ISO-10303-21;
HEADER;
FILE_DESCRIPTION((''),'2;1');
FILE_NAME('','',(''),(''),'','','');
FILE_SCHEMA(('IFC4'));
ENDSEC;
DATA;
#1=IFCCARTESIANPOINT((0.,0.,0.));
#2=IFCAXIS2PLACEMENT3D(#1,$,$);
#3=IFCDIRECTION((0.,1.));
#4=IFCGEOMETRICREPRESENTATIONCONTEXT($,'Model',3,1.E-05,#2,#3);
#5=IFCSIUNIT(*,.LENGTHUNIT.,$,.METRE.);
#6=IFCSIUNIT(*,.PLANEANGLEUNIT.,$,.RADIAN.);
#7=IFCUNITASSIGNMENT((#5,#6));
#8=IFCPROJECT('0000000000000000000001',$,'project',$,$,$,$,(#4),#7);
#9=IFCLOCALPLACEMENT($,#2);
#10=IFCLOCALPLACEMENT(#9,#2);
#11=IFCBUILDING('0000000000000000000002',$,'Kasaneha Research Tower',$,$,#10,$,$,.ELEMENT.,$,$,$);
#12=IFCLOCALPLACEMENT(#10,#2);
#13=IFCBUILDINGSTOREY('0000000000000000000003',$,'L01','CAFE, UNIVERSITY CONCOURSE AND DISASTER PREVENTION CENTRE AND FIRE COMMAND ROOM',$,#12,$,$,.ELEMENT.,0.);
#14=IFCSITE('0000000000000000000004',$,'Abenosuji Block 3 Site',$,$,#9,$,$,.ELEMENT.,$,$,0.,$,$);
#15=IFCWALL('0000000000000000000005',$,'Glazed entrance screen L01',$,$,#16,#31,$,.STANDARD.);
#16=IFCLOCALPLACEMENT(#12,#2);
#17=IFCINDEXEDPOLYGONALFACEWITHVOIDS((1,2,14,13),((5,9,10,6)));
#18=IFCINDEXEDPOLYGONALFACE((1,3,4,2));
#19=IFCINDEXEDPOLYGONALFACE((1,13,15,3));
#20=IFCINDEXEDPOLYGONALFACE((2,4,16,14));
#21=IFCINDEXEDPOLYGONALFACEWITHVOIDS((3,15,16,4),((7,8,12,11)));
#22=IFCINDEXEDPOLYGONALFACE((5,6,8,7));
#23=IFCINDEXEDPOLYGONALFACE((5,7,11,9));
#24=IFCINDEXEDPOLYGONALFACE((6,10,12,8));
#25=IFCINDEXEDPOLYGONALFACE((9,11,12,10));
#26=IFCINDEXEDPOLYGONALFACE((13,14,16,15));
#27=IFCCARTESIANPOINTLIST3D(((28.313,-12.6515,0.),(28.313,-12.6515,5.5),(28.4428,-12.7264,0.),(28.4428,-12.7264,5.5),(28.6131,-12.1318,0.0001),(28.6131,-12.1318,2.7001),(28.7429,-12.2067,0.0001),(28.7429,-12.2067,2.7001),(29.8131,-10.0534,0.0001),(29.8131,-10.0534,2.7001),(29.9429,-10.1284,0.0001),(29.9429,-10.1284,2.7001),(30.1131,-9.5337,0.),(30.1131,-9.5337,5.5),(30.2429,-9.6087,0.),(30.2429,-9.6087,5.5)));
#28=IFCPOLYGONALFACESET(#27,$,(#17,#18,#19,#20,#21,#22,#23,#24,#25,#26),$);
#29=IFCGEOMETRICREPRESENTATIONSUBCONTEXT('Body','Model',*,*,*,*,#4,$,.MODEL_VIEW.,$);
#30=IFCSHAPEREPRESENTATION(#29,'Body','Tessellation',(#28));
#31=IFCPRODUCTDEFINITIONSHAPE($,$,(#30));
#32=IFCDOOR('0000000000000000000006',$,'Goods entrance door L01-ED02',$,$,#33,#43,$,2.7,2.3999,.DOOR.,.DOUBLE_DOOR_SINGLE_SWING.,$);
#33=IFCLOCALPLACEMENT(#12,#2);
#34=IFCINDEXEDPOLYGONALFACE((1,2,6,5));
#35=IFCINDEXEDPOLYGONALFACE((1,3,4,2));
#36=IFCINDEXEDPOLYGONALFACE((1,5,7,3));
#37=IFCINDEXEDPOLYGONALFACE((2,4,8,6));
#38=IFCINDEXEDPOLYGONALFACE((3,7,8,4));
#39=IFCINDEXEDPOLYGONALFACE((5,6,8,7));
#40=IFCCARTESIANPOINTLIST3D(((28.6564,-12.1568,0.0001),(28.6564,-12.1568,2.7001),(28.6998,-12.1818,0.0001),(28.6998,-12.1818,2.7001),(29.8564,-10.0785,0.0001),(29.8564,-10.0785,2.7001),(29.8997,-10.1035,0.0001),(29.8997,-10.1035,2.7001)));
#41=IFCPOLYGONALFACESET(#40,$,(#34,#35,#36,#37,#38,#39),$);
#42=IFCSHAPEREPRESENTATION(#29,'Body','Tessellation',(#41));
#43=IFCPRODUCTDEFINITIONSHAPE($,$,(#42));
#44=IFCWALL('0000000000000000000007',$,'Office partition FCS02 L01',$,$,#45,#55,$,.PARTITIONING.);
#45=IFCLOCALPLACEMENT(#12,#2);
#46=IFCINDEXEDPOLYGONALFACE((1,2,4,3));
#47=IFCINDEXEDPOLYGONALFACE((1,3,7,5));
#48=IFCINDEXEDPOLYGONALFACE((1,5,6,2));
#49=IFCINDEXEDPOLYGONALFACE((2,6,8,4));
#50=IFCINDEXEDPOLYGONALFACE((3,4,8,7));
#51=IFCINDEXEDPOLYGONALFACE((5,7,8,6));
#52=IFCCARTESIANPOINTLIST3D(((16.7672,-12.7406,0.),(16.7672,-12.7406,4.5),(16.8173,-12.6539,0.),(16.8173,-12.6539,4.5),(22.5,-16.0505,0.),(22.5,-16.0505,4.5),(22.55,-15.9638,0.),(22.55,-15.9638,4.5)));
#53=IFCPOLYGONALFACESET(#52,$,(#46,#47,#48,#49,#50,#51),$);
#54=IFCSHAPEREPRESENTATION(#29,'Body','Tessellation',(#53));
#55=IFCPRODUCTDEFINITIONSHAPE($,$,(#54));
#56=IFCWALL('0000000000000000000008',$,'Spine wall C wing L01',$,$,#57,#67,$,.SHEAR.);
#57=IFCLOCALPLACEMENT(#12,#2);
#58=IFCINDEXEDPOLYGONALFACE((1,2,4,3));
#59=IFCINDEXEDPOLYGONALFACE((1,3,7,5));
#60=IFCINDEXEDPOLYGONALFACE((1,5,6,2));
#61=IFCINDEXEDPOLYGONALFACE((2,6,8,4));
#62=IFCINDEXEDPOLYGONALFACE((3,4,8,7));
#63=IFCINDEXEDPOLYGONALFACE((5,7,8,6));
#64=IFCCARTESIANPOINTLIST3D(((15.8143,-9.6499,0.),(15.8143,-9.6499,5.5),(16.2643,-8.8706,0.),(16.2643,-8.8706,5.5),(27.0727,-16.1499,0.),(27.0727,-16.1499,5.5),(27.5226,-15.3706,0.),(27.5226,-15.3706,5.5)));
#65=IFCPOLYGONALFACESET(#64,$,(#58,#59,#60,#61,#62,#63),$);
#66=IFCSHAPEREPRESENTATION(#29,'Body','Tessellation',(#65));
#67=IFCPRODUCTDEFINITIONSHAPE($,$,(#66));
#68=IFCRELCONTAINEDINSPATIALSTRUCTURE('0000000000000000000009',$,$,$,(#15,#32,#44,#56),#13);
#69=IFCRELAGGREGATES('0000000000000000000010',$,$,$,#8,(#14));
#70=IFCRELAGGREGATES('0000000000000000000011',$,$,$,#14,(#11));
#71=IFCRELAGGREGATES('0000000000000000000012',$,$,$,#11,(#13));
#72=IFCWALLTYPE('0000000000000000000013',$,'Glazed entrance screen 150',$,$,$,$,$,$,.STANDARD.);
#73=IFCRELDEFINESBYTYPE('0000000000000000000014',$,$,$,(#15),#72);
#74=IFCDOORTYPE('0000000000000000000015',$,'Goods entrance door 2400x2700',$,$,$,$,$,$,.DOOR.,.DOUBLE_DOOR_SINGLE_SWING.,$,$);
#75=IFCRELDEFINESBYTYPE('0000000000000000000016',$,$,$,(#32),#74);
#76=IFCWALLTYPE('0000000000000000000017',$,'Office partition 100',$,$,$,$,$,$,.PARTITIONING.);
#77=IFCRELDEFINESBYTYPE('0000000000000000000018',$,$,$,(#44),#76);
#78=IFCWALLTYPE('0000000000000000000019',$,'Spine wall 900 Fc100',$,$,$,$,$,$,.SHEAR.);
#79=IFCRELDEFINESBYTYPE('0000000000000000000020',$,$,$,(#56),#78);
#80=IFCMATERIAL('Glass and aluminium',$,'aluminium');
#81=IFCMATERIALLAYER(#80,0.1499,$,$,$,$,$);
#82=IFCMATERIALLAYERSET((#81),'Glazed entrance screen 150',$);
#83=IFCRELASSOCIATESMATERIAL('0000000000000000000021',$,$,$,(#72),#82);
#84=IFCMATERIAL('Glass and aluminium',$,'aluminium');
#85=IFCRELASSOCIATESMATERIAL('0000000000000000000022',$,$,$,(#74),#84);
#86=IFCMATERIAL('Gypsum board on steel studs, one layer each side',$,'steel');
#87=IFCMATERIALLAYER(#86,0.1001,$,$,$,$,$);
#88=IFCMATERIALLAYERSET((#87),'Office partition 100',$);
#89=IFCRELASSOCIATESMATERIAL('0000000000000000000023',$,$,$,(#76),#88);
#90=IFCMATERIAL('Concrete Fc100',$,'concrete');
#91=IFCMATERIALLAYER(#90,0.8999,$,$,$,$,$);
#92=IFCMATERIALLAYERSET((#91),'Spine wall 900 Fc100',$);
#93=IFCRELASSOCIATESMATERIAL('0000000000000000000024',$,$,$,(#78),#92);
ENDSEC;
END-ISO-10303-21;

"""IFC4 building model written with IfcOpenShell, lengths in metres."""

from ifc_helpers import new_model, si_unit, direction, frame, frame_2d, origin, place, context, subcontext, project, spatial, rectangle, extrude, material, layer, layer_set, type_object, element, fill, save


model = new_model("IFC4")

# Units and contexts
model_context = context("Model", 3, precision=1e-05, world=origin(), true_north=direction((0.0, 1.0)))
body_context = subcontext(model_context, "Body", "Model", "MODEL_VIEW")
ifc_project = project(units=[si_unit("LENGTHUNIT", "METRE"), si_unit("PLANEANGLEUNIT", "RADIAN")], contexts=[model_context])

# Site, building, storey
site_placement = place(None, origin())
site = spatial("IfcSite", under=ifc_project, at=site_placement, Name="Abenosuji Block 3 Site", CompositionType="ELEMENT", RefElevation=0.0)
building_placement = place(site_placement, origin())
building = spatial("IfcBuilding", under=site, at=building_placement, Name="Kasaneha Research Tower", CompositionType="ELEMENT")
storey_placement = place(building_placement, origin())
storey = spatial("IfcBuildingStorey", under=building, at=storey_placement, Name="L01", Description="CAFE, UNIVERSITY CONCOURSE AND DISASTER PREVENTION CENTRE AND FIRE COMMAND ROOM", CompositionType="ELEMENT", Elevation=0.0)

# Wall, opening, door
ifc_material_1 = material(Name="Glass and aluminium", Category="aluminium")
ifc_layer_1 = layer(ifc_material_1, 0.1499)
ifc_layer_set_1 = layer_set([ifc_layer_1], Name="Glazed entrance screen 150")
wall_type_1 = type_object("IfcWallType", Name="Glazed entrance screen 150", PredefinedType="STANDARD", material=ifc_layer_set_1)
wall_1_placement = place(storey_placement, frame((28.3779, -12.689, 0.0), z_axis=(0.0, 0.0, 1.0), x_axis=(0.500012, 0.866018, 0.0)))
wall_1 = element("IfcWall", 1, at=wall_1_placement, inside=storey, type_object=wall_type_1, Name="Glazed entrance screen L01", PredefinedType="STANDARD", context=body_context, shape_type="SweptSolid", body=[
    extrude(rectangle(XDim=3.6001, YDim=0.1499, at=frame_2d((1.8, 0.0))), origin(), (0.0, 0.0, 1.0), 5.5),
])
opening_placement = place(wall_1_placement, frame((0.6001, 0.0, 0.0)))
opening = element("IfcOpeningElement", 2, at=opening_placement, cuts=wall_1, PredefinedType="OPENING", context=body_context, shape_type="SweptSolid", body=[
    extrude(rectangle(XDim=2.3999, YDim=2.7, at=frame_2d((1.2, 1.3501))), frame((0.0, 0.085, 0.0), z_axis=(0.0, -1.0, 0.0), x_axis=(1.0, 0.0, 0.0)), (0.0, 0.0, 1.0), 0.1699),
])
ifc_material_2 = material(Name="Glass and aluminium", Category="aluminium")
door_type = type_object("IfcDoorType", Name="Goods entrance door 2400x2700", OperationType="DOUBLE_DOOR_SINGLE_SWING", PredefinedType="DOOR", material=ifc_material_2)
door_placement = place(opening_placement, origin())
door = element("IfcDoor", 3, at=door_placement, inside=storey, type_object=door_type, Name="Goods entrance door L01-ED02", OperationType="DOUBLE_DOOR_SINGLE_SWING", OverallHeight=2.7, OverallWidth=2.3999, PredefinedType="DOOR", context=body_context, shape_type="SweptSolid", body=[
    extrude(rectangle(XDim=2.3999, YDim=2.7, at=frame_2d((1.2, 1.3501))), frame((0.0, 0.0249, 0.0), z_axis=(0.0, -1.0, 0.0), x_axis=(1.0, 0.0, 0.0)), (0.0, 0.0, 1.0), 0.05),
])
fill(opening, door)

# Walls
ifc_material_3 = material(Name="Gypsum board on steel studs, one layer each side", Category="steel")
ifc_layer_2 = layer(ifc_material_3, 0.1001)
ifc_layer_set_2 = layer_set([ifc_layer_2], Name="Office partition 100")
wall_type_2 = type_object("IfcWallType", Name="Office partition 100", PredefinedType="PARTITIONING", material=ifc_layer_set_2)
wall_2_placement = place(storey_placement, frame((16.7922, -12.6973, 0.0), z_axis=(0.0, 0.0, 1.0), x_axis=(0.866022, -0.500007, 0.0)))
element("IfcWall", 4, at=wall_2_placement, inside=storey, type_object=wall_type_2, Name="Office partition FCS02 L01", PredefinedType="PARTITIONING", context=body_context, shape_type="SweptSolid", body=[
    extrude(rectangle(XDim=6.6196, YDim=0.1001, at=frame_2d((3.3098, 0.0))), origin(), (0.0, 0.0, 1.0), 4.5),
])
ifc_material_4 = material(Name="Concrete Fc100", Category="concrete")
ifc_layer_3 = layer(ifc_material_4, 0.8999)
ifc_layer_set_3 = layer_set([ifc_layer_3], Name="Spine wall 900 Fc100")
wall_type_3 = type_object("IfcWallType", Name="Spine wall 900 Fc100", PredefinedType="SHEAR", material=ifc_layer_set_3)
wall_3_placement = place(storey_placement, frame((16.0393, -9.2603, 0.0), z_axis=(0.0, 0.0, 1.0), x_axis=(0.866025, -0.500001, 0.0)))
element("IfcWall", 5, at=wall_3_placement, inside=storey, type_object=wall_type_3, Name="Spine wall C wing L01", PredefinedType="SHEAR", context=body_context, shape_type="SweptSolid", body=[
    extrude(rectangle(XDim=13.0, YDim=0.8999, at=frame_2d((6.5, 0.0))), origin(), (0.0, 0.0, 1.0), 5.5),
])

save(model, "model.ifc")
